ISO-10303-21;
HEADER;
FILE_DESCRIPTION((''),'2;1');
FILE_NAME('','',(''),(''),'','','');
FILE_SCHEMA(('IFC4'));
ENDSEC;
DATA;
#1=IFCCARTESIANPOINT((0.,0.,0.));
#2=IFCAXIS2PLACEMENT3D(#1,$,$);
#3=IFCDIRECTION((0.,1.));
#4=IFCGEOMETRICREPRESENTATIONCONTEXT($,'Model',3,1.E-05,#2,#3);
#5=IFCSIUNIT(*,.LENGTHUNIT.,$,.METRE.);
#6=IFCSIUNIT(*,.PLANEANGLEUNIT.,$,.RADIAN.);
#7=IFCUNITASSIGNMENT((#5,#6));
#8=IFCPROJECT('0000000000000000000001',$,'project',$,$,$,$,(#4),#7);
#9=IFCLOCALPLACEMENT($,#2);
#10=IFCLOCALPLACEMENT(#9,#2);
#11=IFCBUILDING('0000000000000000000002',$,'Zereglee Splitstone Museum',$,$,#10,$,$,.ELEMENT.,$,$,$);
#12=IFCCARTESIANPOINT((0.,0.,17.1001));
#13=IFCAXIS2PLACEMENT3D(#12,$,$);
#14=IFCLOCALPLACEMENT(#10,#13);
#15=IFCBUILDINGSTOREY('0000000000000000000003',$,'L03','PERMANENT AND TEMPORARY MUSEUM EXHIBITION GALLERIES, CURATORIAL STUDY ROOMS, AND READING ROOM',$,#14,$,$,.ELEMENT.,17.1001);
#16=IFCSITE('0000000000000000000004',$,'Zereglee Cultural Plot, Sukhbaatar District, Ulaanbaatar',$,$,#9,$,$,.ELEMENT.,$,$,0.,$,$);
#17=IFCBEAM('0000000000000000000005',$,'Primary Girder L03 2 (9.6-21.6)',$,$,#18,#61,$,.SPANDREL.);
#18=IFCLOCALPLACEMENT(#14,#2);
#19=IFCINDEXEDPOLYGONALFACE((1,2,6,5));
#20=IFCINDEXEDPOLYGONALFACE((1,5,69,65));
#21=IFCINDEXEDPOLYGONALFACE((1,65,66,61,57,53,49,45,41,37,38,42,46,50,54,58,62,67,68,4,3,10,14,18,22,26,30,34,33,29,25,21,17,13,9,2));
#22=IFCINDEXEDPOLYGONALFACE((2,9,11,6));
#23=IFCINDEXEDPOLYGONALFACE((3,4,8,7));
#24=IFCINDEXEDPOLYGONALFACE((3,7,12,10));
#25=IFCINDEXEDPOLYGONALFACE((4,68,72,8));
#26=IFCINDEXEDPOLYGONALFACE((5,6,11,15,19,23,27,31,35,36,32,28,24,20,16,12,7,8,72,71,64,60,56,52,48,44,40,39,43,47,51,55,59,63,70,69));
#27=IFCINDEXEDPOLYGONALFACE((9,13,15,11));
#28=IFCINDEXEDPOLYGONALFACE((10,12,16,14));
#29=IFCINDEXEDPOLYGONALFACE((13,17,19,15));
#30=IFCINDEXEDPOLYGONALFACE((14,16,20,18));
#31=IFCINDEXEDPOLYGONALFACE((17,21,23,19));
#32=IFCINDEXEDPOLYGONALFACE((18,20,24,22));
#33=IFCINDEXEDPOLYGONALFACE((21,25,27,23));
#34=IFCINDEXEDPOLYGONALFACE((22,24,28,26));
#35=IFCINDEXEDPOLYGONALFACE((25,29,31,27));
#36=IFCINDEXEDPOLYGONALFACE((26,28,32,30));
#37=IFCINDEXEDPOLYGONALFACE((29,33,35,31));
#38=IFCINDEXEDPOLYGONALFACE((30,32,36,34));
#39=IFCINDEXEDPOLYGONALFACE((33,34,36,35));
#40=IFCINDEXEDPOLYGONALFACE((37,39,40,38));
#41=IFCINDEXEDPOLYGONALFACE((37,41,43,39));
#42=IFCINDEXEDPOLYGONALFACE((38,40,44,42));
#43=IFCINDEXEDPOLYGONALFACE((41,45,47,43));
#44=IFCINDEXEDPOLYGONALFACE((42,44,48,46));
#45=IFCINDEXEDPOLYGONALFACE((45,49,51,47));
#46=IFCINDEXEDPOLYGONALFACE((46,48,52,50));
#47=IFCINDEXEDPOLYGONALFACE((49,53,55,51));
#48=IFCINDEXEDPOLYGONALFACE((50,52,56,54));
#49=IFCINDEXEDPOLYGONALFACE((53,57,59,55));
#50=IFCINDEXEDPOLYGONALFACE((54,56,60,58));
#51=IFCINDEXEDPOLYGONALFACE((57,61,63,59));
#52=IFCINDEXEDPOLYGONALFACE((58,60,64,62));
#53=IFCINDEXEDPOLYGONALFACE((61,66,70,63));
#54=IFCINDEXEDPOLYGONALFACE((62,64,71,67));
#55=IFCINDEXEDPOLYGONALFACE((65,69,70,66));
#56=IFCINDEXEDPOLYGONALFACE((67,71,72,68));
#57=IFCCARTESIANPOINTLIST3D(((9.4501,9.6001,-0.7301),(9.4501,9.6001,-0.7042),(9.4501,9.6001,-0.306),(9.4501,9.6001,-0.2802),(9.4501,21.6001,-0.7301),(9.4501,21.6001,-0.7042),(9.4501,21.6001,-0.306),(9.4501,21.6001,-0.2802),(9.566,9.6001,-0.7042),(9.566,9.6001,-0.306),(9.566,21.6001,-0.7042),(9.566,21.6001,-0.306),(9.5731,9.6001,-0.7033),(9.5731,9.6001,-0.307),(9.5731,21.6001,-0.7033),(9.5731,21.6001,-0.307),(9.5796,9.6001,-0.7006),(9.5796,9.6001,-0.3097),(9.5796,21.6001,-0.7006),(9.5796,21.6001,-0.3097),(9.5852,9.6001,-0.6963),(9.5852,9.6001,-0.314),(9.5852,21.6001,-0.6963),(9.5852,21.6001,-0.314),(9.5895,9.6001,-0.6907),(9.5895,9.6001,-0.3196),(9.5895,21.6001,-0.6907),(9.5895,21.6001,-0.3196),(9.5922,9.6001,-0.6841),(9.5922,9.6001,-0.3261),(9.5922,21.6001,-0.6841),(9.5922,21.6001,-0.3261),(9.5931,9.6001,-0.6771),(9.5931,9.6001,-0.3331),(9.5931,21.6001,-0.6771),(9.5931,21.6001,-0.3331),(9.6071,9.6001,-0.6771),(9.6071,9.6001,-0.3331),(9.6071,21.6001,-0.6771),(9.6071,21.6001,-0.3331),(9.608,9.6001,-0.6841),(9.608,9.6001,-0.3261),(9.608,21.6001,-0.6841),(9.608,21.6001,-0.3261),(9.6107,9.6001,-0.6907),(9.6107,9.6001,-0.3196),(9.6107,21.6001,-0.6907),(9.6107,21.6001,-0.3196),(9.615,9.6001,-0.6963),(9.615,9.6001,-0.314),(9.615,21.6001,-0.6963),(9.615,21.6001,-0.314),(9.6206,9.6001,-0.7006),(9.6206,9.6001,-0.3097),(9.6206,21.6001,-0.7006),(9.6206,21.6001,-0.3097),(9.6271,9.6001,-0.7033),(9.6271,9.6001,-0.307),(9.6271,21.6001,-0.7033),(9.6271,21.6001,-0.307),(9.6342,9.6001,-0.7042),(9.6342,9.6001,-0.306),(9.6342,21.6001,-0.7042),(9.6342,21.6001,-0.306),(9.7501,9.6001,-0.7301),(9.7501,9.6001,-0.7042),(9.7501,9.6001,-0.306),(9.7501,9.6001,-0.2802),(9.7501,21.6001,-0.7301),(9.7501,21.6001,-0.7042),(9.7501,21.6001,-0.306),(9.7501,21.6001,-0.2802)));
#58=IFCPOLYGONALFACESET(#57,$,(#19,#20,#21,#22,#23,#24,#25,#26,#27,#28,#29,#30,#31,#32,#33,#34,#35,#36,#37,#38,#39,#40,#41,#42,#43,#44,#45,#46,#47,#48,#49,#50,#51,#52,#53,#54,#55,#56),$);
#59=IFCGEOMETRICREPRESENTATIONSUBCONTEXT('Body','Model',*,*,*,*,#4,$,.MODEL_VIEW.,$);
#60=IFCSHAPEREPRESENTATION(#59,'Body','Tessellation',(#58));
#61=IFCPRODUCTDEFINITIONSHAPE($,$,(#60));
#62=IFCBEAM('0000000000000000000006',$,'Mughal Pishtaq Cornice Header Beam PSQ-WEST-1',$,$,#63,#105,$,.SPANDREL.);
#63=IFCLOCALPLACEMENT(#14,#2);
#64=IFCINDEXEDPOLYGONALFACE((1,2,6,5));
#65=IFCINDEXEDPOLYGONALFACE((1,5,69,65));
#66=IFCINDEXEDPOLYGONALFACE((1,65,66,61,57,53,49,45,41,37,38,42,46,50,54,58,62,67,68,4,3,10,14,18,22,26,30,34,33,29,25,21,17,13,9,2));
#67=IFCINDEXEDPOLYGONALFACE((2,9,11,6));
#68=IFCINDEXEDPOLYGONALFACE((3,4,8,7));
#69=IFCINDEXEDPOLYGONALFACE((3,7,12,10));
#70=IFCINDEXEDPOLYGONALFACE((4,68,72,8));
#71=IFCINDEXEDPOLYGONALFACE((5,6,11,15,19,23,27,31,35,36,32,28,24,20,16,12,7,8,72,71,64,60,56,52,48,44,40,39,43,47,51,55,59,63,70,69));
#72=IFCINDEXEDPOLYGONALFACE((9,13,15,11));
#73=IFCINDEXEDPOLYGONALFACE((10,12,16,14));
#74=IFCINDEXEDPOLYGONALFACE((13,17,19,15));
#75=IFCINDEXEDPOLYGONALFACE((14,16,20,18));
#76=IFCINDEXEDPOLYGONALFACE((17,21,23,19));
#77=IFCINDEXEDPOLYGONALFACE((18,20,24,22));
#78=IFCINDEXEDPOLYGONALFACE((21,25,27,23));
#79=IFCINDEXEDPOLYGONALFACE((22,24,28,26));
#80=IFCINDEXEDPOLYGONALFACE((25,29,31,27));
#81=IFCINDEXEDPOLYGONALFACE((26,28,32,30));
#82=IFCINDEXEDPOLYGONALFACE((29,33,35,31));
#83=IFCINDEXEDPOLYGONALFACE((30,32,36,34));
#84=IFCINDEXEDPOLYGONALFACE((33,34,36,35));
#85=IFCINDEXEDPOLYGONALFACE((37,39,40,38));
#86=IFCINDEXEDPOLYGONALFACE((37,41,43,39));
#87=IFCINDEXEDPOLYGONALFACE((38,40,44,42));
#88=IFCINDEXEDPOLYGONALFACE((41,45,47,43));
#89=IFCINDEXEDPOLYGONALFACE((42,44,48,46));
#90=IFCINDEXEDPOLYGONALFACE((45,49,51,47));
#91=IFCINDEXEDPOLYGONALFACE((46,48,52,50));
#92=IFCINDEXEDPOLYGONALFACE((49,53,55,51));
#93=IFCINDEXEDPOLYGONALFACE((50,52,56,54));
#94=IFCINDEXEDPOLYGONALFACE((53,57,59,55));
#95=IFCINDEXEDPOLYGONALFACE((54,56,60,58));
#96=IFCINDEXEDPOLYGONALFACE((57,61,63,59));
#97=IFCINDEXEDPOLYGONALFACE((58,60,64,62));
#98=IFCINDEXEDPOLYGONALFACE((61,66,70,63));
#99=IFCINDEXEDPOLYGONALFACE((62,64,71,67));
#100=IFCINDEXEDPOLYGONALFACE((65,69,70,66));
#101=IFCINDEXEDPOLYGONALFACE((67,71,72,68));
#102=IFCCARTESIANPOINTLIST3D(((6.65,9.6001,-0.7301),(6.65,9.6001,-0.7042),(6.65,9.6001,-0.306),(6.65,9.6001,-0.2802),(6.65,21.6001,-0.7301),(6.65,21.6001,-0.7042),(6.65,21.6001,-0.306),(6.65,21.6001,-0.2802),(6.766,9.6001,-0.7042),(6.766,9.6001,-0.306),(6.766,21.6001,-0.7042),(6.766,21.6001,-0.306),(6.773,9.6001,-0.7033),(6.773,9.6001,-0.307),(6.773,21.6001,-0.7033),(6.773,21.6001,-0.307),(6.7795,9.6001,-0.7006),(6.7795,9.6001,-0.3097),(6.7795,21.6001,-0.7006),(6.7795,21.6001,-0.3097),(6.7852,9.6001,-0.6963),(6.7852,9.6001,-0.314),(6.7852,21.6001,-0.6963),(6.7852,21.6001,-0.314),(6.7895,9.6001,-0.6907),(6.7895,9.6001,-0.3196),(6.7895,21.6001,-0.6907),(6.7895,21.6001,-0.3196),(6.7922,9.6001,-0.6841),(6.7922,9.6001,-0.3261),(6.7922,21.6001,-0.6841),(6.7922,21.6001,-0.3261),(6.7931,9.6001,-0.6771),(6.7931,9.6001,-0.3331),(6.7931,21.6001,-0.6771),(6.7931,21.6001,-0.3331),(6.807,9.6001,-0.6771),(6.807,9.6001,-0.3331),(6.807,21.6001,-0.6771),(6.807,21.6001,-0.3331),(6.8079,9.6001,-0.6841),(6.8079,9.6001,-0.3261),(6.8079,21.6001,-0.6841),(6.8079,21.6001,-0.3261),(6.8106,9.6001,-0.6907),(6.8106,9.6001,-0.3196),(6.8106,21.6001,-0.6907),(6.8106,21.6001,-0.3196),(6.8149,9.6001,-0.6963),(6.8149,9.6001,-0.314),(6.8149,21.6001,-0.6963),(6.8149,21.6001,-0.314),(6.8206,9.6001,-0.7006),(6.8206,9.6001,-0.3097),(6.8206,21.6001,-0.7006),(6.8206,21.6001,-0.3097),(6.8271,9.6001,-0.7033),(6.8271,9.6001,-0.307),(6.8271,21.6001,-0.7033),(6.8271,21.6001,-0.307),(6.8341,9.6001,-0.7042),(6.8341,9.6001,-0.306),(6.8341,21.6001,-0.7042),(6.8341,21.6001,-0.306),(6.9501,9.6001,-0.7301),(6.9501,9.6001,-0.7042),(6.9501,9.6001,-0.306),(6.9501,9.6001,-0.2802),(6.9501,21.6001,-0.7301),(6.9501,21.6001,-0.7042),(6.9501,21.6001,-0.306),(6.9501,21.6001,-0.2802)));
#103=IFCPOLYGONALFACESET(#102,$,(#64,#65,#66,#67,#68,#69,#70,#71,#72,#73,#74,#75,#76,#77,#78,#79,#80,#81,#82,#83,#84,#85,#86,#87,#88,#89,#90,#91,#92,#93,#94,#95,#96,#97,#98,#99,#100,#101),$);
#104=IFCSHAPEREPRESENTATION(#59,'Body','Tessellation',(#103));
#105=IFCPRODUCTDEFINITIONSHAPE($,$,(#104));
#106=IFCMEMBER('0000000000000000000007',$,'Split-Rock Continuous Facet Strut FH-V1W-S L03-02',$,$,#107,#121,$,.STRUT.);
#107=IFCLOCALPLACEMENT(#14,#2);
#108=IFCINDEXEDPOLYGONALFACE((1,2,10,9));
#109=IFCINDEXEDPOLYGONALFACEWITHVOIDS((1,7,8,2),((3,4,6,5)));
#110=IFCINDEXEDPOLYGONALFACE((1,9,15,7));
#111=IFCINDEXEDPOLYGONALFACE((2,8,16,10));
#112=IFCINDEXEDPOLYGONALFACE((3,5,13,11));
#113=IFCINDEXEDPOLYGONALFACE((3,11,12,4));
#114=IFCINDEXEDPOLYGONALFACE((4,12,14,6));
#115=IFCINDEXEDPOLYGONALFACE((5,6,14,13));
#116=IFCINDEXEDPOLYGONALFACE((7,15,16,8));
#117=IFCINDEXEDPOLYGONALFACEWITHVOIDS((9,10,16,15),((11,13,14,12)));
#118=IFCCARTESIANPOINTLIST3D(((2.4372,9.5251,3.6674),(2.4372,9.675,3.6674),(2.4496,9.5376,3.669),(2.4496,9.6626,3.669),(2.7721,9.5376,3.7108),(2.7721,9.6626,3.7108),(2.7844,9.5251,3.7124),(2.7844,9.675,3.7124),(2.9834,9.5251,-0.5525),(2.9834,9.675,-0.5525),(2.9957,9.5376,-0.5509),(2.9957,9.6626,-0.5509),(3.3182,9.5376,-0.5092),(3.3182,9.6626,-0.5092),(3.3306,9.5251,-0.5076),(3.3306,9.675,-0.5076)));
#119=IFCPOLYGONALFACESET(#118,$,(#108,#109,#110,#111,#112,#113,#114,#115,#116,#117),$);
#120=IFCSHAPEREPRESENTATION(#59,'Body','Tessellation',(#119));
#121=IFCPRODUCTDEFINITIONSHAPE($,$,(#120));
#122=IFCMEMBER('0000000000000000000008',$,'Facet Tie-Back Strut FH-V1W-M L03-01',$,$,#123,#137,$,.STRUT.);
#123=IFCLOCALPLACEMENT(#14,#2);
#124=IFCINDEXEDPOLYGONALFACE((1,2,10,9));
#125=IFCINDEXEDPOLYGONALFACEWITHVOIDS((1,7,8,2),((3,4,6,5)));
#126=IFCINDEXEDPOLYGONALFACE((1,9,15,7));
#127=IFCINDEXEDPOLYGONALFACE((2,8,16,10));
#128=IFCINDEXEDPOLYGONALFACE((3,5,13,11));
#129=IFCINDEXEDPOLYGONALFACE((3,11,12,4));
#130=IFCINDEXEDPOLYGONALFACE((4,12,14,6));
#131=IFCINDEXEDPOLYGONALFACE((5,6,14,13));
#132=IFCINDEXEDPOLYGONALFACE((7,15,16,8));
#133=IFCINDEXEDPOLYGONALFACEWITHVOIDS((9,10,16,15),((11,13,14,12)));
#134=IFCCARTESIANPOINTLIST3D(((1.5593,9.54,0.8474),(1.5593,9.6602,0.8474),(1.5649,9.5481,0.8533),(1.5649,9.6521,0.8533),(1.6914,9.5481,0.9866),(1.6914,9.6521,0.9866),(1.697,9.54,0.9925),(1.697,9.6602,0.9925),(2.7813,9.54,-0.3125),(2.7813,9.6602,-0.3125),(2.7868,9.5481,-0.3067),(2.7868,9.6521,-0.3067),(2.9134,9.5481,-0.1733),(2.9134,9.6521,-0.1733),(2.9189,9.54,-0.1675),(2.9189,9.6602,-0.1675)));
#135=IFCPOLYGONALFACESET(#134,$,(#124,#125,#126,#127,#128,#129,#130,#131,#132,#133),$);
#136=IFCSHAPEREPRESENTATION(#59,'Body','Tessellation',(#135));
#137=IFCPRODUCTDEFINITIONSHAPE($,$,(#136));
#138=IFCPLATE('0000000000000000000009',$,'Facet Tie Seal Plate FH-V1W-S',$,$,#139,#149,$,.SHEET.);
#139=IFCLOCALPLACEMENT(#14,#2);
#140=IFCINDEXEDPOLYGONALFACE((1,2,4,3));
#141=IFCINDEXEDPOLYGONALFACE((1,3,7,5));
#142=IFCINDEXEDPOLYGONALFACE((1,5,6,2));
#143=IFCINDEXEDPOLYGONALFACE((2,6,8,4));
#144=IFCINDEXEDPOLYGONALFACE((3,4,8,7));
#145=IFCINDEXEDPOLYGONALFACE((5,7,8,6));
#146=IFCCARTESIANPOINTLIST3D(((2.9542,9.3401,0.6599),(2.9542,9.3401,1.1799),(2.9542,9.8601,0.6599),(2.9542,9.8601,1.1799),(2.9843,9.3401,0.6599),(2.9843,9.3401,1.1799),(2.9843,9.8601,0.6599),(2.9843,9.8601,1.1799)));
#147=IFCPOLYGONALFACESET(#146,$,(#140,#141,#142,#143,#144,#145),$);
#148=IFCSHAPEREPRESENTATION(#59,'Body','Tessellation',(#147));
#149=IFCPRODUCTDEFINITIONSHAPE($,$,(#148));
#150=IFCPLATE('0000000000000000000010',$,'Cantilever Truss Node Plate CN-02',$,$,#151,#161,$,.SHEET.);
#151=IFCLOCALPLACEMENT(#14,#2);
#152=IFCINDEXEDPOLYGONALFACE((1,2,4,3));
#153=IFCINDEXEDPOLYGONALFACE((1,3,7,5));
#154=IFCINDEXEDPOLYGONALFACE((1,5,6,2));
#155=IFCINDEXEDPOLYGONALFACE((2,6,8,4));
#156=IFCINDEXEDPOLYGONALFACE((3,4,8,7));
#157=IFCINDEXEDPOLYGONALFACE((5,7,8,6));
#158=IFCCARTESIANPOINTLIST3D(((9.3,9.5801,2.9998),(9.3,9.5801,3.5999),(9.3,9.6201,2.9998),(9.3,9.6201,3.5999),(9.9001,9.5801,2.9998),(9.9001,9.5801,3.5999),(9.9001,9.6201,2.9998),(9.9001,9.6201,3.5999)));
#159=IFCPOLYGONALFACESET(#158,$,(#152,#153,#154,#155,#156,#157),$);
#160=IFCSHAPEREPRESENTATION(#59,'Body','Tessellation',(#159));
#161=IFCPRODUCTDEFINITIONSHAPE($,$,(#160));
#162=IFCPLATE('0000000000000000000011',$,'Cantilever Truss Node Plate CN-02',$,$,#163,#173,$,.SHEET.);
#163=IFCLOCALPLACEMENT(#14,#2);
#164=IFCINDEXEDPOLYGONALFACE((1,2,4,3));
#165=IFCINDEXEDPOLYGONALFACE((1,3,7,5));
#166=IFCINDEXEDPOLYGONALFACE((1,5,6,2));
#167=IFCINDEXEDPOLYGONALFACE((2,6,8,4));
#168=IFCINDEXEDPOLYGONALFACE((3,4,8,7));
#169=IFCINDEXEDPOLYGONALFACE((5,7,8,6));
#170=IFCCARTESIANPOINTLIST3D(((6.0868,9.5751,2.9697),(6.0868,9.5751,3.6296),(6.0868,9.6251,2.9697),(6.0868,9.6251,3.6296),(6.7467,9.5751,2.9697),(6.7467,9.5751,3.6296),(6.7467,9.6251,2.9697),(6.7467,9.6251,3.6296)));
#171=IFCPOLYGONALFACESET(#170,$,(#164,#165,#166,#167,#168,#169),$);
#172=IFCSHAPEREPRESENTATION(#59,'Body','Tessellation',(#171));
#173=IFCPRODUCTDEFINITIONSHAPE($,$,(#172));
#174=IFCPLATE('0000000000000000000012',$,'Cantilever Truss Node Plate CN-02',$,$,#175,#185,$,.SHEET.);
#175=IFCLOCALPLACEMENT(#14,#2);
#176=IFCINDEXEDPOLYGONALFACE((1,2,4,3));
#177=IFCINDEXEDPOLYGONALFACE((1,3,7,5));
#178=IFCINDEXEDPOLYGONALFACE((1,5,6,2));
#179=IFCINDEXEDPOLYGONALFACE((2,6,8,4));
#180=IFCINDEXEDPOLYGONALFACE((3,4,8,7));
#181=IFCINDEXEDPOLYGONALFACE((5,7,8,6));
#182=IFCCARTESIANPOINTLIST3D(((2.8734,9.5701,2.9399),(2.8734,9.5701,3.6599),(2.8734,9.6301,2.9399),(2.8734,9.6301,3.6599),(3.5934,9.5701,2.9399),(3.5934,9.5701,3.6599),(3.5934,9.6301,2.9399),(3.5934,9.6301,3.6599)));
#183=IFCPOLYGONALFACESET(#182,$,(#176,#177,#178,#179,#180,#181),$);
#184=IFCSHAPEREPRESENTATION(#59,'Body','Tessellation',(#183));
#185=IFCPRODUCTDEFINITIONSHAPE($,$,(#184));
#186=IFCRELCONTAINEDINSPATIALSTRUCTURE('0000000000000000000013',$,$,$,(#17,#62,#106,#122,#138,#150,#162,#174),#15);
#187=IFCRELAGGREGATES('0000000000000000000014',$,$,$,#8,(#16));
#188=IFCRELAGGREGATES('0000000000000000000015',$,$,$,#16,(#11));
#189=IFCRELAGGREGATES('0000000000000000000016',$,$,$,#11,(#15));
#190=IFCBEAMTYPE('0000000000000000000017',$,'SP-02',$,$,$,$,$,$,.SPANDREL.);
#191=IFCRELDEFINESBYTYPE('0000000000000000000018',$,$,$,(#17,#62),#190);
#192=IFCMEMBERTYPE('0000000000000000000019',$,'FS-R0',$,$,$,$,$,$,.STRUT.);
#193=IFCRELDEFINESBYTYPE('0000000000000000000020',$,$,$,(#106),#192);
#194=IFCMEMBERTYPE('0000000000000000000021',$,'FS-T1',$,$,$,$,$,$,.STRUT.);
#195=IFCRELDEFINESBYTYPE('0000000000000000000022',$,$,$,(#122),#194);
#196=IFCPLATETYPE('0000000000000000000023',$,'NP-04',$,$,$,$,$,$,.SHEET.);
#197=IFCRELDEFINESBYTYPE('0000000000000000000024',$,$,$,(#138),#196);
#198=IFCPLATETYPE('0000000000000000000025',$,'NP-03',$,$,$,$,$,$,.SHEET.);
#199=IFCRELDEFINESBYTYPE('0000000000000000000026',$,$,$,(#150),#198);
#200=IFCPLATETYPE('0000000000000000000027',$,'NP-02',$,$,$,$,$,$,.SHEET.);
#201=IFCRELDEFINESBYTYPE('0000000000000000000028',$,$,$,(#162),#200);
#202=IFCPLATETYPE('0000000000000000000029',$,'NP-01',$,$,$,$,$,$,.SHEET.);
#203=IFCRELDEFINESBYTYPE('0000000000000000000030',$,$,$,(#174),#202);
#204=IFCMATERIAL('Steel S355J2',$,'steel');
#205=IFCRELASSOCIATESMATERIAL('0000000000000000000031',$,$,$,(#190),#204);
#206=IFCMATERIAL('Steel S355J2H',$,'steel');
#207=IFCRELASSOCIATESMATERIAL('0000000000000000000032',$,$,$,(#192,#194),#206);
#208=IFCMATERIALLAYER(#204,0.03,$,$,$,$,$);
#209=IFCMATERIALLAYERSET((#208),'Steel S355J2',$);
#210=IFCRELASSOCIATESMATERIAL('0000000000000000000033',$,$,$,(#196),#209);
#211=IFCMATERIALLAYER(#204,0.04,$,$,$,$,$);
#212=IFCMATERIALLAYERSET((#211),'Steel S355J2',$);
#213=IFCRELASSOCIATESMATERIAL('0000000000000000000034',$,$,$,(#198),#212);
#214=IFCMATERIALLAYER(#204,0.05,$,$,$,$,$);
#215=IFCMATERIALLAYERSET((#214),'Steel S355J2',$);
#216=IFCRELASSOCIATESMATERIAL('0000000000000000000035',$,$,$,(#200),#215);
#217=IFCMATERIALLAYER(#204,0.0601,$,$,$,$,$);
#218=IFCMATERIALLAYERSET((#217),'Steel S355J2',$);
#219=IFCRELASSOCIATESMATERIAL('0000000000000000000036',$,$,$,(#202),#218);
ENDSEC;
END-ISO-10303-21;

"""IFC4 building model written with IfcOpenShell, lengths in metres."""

from ifc_helpers import new_model, si_unit, direction, frame, origin, origin_2d, place, context, subcontext, project, spatial, rectangle, hollow_rectangle, i_section, extrude, material, layer, layer_set, material_profile, profile_set, type_object, element, save


model = new_model("IFC4")

# Units and contexts
model_context = context("Model", 3, precision=1e-05, world=origin(), true_north=direction((0.0, 1.0)))
body_context = subcontext(model_context, "Body", "Model", "MODEL_VIEW")
ifc_project = project(units=[si_unit("LENGTHUNIT", "METRE"), si_unit("PLANEANGLEUNIT", "RADIAN")], contexts=[model_context])

# Site, building, storey
site_placement = place(None, origin())
site = spatial("IfcSite", under=ifc_project, at=site_placement, Name="Zereglee Cultural Plot, Sukhbaatar District, Ulaanbaatar", CompositionType="ELEMENT", RefElevation=0.0)
building_placement = place(site_placement, origin())
building = spatial("IfcBuilding", under=site, at=building_placement, Name="Zereglee Splitstone Museum", CompositionType="ELEMENT")
storey_placement = place(building_placement, frame((0.0, 0.0, 17.1001)))
storey = spatial("IfcBuildingStorey", under=building, at=storey_placement, Name="L03", Description="PERMANENT AND TEMPORARY MUSEUM EXHIBITION GALLERIES, CURATORIAL STUDY ROOMS, AND READING ROOM", CompositionType="ELEMENT", Elevation=17.1001)

# Shared definitions
ifc_material_1 = material(Name="Steel S355J2H", Category="steel")
ifc_material_2 = material(Name="Steel S355J2", Category="steel")

# Beams
ifc_material_profile_1 = material_profile(ifc_material_2, i_section(OverallWidth=0.3, OverallDepth=0.45, WebThickness=0.0139, FlangeThickness=0.0259, FilletRadius=0.0271, at=origin_2d()), Name="HE 450 B")
ifc_profile_set_1 = profile_set([ifc_material_profile_1], Name="Steel S355J2")
beam_type_1 = type_object("IfcBeamType", Name="SP-02", PredefinedType="SPANDREL", material=ifc_profile_set_1)
for number, where, z_axis, x_axis, name in (
    (1, (9.6001, 9.6001, -0.5051), (0.0, 1.0, 0.0), (-1.0, 0.0, 0.0), "Primary Girder L03 2 (9.6-21.6)"),
    (2, (6.8, 9.6001, -0.5051), (0.0, 1.0, 0.0), (-1.0, 0.0, 0.0), "Mughal Pishtaq Cornice Header Beam PSQ-WEST-1"),
):
    element("IfcBeam", number, at=place(storey_placement, frame(where, z_axis=z_axis, x_axis=x_axis)), inside=storey, type_object=beam_type_1, Name=name, PredefinedType="SPANDREL", context=body_context, shape_type="SweptSolid", body=[
        extrude(i_section(OverallWidth=0.3, OverallDepth=0.45, WebThickness=0.0139, FlangeThickness=0.0259, FilletRadius=0.0271, at=origin_2d()), origin(), (0.0, 0.0, 1.0), 12.0),
    ])

# Members
ifc_material_profile_2 = material_profile(ifc_material_1, hollow_rectangle(XDim=0.1499, YDim=0.3501, WallThickness=0.0125, at=origin_2d()), Name="RHS 350x150x12.5")
ifc_profile_set_2 = profile_set([ifc_material_profile_2], Name="Steel S355J2H")
member_type_1 = type_object("IfcMemberType", Name="FS-R0", PredefinedType="STRUT", material=ifc_profile_set_2)
member_1_placement = place(storey_placement, frame((3.157, 9.6001, -0.53), z_axis=(-0.128348, 0.0, 0.991729), x_axis=(0.0, -1.0, 0.0)))
element("IfcMember", 3, at=member_1_placement, inside=storey, type_object=member_type_1, Name="Split-Rock Continuous Facet Strut FH-V1W-S L03-02", PredefinedType="STRUT", context=body_context, shape_type="SweptSolid", body=[
    extrude(hollow_rectangle(XDim=0.1499, YDim=0.3501, WallThickness=0.0125, at=origin_2d()), origin(), (0.0, 0.0, 1.0), 4.2551),
])
ifc_material_profile_3 = material_profile(ifc_material_1, hollow_rectangle(XDim=0.1201, YDim=0.2, WallThickness=0.0081, at=origin_2d()), Name="RHS 200x120x8")
ifc_profile_set_3 = profile_set([ifc_material_profile_3], Name="Steel S355J2H")
member_type_2 = type_object("IfcMemberType", Name="FS-T1", PredefinedType="STRUT", material=ifc_profile_set_3)
member_2_placement = place(storey_placement, frame((2.8501, 9.6001, -0.24), z_axis=(-0.725271, 0.0, 0.688464), x_axis=(0.0, -1.0, 0.0)))
element("IfcMember", 4, at=member_2_placement, inside=storey, type_object=member_type_2, Name="Facet Tie-Back Strut FH-V1W-M L03-01", PredefinedType="STRUT", context=body_context, shape_type="SweptSolid", body=[
    extrude(hollow_rectangle(XDim=0.1201, YDim=0.2, WallThickness=0.0081, at=origin_2d()), origin(), (0.0, 0.0, 1.0), 1.6848),
])

# Plates
ifc_layer_1 = layer(ifc_material_2, 0.03)
ifc_layer_set_1 = layer_set([ifc_layer_1], Name="Steel S355J2")
plate_type_1 = type_object("IfcPlateType", Name="NP-04", PredefinedType="SHEET", material=ifc_layer_set_1)
plate_1_placement = place(storey_placement, frame((2.9692, 9.6001, 0.6599), z_axis=(0.0, 0.0, 1.0), x_axis=(1.0, 0.0, 0.0)))
element("IfcPlate", 5, at=plate_1_placement, inside=storey, type_object=plate_type_1, Name="Facet Tie Seal Plate FH-V1W-S", PredefinedType="SHEET", context=body_context, shape_type="SweptSolid", body=[
    extrude(rectangle(XDim=0.03, YDim=0.52, at=origin_2d()), origin(), (0.0, 0.0, 1.0), 0.52),
])
ifc_layer_2 = layer(ifc_material_2, 0.04)
ifc_layer_set_2 = layer_set([ifc_layer_2], Name="Steel S355J2")
plate_type_2 = type_object("IfcPlateType", Name="NP-03", PredefinedType="SHEET", material=ifc_layer_set_2)
plate_2_placement = place(storey_placement, frame((9.6001, 9.6001, 2.9998), z_axis=(0.0, 0.0, 1.0), x_axis=(1.0, 0.0, 0.0)))
element("IfcPlate", 6, at=plate_2_placement, inside=storey, type_object=plate_type_2, Name="Cantilever Truss Node Plate CN-02", PredefinedType="SHEET", context=body_context, shape_type="SweptSolid", body=[
    extrude(rectangle(XDim=0.6001, YDim=0.04, at=origin_2d()), origin(), (0.0, 0.0, 1.0), 0.6001),
])
ifc_layer_3 = layer(ifc_material_2, 0.05)
ifc_layer_set_3 = layer_set([ifc_layer_3], Name="Steel S355J2")
plate_type_3 = type_object("IfcPlateType", Name="NP-02", PredefinedType="SHEET", material=ifc_layer_set_3)
plate_3_placement = place(storey_placement, frame((6.4167, 9.6001, 2.9697), z_axis=(0.0, 0.0, 1.0), x_axis=(1.0, 0.0, 0.0)))
element("IfcPlate", 7, at=plate_3_placement, inside=storey, type_object=plate_type_3, Name="Cantilever Truss Node Plate CN-02", PredefinedType="SHEET", context=body_context, shape_type="SweptSolid", body=[
    extrude(rectangle(XDim=0.6599, YDim=0.05, at=origin_2d()), origin(), (0.0, 0.0, 1.0), 0.6599),
])
ifc_layer_4 = layer(ifc_material_2, 0.0601)
ifc_layer_set_4 = layer_set([ifc_layer_4], Name="Steel S355J2")
plate_type_4 = type_object("IfcPlateType", Name="NP-01", PredefinedType="SHEET", material=ifc_layer_set_4)
plate_4_placement = place(storey_placement, frame((3.2334, 9.6001, 2.9399), z_axis=(0.0, 0.0, 1.0), x_axis=(1.0, 0.0, 0.0)))
element("IfcPlate", 8, at=plate_4_placement, inside=storey, type_object=plate_type_4, Name="Cantilever Truss Node Plate CN-02", PredefinedType="SHEET", context=body_context, shape_type="SweptSolid", body=[
    extrude(rectangle(XDim=0.72, YDim=0.0601, at=origin_2d()), origin(), (0.0, 0.0, 1.0), 0.72),
])

save(model, "model.ifc")
